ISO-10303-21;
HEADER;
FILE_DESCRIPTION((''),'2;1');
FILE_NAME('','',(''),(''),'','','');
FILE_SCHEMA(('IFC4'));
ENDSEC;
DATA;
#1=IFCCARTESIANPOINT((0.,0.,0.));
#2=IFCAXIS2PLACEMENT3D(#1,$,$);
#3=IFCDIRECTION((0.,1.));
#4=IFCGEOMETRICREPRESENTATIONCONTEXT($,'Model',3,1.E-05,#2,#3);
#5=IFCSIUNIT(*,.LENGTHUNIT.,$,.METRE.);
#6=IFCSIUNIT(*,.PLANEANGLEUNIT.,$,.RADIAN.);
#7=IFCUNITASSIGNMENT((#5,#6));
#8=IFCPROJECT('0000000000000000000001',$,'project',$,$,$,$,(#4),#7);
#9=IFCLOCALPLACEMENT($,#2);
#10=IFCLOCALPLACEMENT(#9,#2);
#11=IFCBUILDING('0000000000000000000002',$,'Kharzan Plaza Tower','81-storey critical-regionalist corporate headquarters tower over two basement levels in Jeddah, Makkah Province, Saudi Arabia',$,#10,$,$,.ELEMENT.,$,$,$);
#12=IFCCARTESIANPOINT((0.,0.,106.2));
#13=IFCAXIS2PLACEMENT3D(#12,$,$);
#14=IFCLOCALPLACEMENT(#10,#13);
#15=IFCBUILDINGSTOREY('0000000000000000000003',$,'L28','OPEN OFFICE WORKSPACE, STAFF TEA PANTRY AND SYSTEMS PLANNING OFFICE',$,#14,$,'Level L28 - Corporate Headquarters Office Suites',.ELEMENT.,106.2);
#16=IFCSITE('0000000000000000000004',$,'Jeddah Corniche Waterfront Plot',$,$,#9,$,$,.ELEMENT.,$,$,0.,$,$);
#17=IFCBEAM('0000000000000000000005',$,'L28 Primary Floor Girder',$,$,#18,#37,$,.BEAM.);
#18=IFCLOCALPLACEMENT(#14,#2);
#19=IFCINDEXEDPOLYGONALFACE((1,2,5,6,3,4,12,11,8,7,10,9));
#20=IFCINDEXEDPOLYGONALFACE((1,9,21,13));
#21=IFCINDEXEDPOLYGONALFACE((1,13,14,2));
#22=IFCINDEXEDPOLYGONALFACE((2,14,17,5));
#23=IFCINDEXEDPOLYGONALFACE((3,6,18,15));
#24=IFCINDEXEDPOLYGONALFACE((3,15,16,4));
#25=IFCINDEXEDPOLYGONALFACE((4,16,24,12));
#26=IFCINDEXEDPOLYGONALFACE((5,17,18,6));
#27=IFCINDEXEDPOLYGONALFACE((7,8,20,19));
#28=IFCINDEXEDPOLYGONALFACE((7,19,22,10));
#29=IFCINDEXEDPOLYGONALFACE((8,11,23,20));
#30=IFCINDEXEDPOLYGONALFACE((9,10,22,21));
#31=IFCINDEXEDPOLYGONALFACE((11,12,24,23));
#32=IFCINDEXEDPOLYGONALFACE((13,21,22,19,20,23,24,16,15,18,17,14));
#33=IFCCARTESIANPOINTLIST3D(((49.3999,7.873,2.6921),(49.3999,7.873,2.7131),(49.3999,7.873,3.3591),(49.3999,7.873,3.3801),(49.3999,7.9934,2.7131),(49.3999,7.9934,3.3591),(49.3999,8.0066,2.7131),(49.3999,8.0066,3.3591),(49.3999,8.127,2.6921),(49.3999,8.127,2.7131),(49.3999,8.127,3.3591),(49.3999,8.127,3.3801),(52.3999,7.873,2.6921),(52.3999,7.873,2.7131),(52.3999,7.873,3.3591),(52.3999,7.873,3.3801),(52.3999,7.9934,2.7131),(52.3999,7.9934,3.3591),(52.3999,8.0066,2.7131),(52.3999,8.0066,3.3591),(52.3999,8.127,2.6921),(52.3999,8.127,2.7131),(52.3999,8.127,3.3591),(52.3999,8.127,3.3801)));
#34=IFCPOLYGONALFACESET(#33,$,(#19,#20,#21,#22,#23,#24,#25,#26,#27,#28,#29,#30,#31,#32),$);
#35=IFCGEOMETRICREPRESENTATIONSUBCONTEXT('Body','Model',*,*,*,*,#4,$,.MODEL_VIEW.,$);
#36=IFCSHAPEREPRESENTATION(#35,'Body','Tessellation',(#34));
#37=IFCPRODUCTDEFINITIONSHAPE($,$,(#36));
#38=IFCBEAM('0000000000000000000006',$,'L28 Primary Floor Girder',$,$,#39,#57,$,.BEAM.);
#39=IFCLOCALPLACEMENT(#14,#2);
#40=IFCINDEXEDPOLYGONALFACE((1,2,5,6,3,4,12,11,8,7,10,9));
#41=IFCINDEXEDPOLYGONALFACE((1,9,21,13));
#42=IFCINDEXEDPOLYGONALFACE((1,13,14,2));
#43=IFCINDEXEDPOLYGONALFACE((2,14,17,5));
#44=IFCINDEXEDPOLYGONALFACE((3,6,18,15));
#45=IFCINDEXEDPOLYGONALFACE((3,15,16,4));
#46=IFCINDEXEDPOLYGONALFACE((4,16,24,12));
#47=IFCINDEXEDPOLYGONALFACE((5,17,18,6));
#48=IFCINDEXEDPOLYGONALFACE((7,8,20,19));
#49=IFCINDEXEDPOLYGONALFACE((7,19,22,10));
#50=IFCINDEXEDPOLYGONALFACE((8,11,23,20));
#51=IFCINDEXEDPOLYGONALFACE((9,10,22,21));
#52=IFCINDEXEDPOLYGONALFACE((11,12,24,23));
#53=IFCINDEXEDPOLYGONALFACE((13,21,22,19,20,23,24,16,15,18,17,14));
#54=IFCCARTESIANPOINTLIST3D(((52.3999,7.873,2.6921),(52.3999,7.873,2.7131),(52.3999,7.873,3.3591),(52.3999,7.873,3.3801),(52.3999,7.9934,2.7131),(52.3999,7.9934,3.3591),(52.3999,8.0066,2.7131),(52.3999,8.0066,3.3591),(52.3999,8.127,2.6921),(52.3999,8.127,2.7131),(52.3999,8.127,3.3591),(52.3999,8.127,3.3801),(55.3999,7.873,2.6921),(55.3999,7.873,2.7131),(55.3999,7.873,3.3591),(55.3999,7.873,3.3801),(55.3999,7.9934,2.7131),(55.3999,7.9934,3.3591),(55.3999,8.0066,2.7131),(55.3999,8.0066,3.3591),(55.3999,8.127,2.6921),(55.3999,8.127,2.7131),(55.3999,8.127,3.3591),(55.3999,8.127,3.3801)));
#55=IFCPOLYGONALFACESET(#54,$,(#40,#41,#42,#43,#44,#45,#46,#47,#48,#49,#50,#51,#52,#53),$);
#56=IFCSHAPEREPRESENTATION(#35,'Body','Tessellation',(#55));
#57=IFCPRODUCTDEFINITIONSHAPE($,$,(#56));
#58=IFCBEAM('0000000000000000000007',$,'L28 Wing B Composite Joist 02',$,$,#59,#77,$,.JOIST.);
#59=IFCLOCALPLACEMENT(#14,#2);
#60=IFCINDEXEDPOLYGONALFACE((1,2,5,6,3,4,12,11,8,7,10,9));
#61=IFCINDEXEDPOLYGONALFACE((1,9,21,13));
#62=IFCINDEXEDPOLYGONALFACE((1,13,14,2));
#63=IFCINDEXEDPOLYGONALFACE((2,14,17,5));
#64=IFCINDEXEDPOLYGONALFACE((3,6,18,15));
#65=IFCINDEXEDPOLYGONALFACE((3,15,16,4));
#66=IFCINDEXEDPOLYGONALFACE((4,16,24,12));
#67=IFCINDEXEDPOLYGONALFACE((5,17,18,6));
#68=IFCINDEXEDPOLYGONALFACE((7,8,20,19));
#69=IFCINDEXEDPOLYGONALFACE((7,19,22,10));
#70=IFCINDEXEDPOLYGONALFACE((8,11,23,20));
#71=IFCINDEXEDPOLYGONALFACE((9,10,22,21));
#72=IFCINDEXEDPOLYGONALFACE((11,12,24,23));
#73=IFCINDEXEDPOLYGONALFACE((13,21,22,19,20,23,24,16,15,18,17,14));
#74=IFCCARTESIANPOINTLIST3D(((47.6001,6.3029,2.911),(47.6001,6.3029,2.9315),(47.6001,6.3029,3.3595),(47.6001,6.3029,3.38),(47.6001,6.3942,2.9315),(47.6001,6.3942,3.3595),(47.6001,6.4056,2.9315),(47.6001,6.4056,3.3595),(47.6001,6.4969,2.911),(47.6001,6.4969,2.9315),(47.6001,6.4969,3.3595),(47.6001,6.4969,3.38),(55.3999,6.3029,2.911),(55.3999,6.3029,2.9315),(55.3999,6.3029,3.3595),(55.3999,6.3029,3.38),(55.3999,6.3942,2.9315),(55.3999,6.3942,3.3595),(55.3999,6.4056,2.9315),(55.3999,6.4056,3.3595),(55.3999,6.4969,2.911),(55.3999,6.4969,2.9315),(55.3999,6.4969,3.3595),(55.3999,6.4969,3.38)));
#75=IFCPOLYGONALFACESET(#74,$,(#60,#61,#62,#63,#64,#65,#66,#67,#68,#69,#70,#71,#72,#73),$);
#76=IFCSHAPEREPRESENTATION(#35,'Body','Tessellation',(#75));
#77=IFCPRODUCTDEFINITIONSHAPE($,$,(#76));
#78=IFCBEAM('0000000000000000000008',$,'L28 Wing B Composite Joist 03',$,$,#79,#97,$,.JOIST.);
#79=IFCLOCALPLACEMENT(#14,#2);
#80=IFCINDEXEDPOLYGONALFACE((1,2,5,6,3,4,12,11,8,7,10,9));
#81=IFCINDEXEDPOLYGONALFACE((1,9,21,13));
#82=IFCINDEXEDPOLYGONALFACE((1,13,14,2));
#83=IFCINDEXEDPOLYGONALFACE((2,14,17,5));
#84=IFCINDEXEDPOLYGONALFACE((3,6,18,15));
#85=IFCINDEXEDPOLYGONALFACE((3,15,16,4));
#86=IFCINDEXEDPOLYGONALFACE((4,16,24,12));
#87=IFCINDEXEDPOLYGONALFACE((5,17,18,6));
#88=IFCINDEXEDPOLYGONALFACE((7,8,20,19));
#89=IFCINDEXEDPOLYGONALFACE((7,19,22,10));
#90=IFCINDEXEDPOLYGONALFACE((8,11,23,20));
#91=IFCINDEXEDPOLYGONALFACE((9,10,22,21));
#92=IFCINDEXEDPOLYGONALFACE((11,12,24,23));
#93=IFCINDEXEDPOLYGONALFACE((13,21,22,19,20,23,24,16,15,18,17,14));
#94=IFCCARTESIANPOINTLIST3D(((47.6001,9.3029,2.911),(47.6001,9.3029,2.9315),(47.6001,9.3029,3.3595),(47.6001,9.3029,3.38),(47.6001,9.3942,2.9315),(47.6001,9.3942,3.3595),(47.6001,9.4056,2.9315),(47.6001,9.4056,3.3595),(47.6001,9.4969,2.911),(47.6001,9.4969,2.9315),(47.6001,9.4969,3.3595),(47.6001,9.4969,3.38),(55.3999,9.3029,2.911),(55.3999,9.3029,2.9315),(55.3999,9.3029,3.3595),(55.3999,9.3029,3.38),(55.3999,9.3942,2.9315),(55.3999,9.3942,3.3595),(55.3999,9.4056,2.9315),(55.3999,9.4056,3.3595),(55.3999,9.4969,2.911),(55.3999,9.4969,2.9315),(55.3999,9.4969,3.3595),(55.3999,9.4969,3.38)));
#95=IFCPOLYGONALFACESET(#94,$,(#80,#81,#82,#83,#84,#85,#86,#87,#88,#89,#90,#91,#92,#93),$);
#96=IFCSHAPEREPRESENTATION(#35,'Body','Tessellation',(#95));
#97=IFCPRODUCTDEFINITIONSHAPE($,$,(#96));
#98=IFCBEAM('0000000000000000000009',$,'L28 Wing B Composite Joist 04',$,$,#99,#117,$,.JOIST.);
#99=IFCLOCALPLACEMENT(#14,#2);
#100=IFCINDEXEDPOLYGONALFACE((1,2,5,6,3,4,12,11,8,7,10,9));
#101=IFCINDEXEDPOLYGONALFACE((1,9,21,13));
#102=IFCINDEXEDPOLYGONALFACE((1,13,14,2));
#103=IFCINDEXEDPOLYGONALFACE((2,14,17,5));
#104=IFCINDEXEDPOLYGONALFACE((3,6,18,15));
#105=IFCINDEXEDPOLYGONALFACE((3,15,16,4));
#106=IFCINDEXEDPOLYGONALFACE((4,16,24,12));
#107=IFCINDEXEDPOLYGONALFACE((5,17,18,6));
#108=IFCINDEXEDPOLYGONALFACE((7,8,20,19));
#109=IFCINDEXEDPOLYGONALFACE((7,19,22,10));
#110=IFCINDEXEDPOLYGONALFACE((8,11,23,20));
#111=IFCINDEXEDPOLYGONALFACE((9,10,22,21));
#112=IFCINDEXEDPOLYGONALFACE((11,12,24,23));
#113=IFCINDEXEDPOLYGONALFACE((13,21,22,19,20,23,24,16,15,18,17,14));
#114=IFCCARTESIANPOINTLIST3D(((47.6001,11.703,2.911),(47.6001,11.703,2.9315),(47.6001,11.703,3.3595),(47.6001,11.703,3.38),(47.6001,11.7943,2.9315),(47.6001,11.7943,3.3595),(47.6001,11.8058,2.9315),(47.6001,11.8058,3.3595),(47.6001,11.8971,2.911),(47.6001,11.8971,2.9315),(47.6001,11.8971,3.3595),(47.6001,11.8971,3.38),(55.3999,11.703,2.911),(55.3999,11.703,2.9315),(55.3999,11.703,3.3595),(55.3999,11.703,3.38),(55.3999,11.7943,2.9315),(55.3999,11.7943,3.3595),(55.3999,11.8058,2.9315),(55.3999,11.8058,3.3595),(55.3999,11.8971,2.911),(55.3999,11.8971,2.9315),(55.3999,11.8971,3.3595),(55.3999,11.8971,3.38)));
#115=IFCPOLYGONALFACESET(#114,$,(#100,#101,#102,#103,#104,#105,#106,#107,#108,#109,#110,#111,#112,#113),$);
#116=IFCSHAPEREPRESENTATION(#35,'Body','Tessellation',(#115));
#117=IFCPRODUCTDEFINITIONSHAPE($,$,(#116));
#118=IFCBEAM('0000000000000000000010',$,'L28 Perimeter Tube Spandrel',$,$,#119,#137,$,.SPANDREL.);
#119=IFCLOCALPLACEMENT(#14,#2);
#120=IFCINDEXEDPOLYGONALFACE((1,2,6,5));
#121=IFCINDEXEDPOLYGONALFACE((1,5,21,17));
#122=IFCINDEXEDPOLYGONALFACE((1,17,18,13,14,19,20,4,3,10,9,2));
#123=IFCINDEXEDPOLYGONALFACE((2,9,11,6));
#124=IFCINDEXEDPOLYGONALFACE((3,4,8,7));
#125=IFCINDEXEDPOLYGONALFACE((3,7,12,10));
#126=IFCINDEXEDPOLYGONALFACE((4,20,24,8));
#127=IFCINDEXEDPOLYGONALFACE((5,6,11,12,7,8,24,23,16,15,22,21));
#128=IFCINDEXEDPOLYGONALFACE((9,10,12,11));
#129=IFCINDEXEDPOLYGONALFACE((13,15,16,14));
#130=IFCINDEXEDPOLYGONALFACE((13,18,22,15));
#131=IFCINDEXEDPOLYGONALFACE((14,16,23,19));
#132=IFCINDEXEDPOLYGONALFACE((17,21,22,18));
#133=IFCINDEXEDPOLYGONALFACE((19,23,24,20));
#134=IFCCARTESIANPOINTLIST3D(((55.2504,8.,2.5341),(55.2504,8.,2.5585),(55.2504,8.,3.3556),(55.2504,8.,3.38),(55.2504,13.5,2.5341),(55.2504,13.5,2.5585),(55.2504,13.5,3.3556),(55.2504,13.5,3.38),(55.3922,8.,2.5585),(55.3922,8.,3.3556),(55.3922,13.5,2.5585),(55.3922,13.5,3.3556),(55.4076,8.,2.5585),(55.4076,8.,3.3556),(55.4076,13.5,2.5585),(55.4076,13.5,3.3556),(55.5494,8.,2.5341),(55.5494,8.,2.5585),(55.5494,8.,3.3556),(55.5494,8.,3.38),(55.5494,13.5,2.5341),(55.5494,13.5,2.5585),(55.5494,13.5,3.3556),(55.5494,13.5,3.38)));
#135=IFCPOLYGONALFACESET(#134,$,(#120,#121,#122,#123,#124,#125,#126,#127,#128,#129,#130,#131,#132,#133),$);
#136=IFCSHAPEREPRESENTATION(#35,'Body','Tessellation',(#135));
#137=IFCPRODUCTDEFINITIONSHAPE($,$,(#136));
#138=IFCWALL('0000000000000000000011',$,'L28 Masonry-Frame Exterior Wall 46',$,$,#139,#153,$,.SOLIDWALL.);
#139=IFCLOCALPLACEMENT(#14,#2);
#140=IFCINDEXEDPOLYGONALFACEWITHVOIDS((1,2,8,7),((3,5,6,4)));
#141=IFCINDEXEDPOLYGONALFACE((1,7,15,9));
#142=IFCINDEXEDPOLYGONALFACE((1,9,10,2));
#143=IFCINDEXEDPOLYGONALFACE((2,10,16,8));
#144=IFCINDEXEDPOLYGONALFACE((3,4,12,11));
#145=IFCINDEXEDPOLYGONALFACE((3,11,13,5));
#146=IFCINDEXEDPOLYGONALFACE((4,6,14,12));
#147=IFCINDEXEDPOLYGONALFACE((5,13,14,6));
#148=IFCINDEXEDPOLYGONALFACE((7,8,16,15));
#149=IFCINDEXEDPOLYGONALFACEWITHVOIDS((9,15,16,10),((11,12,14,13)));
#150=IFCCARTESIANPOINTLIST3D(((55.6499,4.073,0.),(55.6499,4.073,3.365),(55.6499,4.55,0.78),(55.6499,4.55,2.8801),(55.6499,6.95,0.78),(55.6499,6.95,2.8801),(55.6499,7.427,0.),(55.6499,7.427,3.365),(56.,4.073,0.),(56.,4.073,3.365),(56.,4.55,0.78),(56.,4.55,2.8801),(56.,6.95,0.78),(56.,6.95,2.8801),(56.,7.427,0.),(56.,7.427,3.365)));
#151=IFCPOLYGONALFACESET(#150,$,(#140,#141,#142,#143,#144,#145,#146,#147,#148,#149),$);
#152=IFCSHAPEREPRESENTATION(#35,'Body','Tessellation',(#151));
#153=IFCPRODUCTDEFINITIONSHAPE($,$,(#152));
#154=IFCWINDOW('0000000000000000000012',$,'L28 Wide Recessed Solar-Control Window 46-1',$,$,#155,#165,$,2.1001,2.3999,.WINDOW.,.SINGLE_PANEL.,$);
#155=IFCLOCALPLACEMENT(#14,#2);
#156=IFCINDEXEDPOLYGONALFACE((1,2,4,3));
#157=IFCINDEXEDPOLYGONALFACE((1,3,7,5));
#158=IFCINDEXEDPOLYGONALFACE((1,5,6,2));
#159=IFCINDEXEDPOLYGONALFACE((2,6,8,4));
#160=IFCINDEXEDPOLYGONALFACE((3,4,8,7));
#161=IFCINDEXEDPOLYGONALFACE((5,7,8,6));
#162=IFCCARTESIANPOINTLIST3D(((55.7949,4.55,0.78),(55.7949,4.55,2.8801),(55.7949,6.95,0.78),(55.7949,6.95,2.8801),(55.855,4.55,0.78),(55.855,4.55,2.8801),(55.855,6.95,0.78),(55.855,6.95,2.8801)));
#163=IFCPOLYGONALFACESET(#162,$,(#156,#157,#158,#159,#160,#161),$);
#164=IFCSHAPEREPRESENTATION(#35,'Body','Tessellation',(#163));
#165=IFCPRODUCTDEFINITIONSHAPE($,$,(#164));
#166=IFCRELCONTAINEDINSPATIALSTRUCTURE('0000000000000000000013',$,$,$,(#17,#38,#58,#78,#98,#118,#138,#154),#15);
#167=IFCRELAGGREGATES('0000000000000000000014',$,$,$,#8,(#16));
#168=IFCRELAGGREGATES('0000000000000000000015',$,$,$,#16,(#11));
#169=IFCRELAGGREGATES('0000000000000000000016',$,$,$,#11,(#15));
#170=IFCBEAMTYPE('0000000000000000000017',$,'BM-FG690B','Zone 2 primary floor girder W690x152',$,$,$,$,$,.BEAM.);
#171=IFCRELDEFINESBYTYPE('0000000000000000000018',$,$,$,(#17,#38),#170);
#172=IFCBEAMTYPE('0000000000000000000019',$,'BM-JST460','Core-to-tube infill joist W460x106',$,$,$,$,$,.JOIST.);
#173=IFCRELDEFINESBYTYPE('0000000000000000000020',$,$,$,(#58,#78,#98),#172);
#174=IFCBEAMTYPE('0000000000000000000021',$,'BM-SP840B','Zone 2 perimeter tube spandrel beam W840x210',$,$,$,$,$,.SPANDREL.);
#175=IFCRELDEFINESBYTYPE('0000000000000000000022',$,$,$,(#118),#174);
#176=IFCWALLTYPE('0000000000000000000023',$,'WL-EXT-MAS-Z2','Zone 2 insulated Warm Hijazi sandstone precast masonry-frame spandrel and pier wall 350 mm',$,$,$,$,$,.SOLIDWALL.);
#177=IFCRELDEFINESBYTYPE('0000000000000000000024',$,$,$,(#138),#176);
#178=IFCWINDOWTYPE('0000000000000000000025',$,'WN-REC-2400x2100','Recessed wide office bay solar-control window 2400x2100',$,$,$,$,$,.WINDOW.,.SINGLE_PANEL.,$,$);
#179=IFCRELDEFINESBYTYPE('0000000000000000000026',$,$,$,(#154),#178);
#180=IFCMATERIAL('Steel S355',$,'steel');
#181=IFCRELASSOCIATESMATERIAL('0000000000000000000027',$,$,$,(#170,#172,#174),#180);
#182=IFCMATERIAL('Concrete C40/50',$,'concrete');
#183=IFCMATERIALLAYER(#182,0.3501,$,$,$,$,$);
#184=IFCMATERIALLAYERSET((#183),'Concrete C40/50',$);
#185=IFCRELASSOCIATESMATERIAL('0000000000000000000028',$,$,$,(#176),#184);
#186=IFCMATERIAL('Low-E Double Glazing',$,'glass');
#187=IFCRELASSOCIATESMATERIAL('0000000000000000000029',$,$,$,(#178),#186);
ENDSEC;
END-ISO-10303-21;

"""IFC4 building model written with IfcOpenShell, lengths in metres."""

from ifc_helpers import new_model, si_unit, direction, frame, frame_2d, origin, origin_2d, place, context, subcontext, project, spatial, rectangle, i_section, extrude, source, transform, mapped, material, layer, layer_set, material_profile, profile_set, type_object, element, fill, save


model = new_model("IFC4")

# Units and contexts
model_context = context("Model", 3, precision=1e-05, world=origin(), true_north=direction((0.0, 1.0)))
body_context = subcontext(model_context, "Body", "Model", "MODEL_VIEW")
ifc_project = project(units=[si_unit("LENGTHUNIT", "METRE"), si_unit("PLANEANGLEUNIT", "RADIAN")], contexts=[model_context])

# Site, building, storey
site_placement = place(None, origin())
site = spatial("IfcSite", under=ifc_project, at=site_placement, Name="Jeddah Corniche Waterfront Plot", CompositionType="ELEMENT", RefElevation=0.0)
building_placement = place(site_placement, origin())
building = spatial("IfcBuilding", under=site, at=building_placement, Name="Kharzan Plaza Tower", Description="81-storey critical-regionalist corporate headquarters tower over two basement levels in Jeddah, Makkah Province, Saudi Arabia", CompositionType="ELEMENT")
storey_placement = place(building_placement, frame((0.0, 0.0, 106.2)))
storey = spatial("IfcBuildingStorey", under=building, at=storey_placement, Name="L28", Description="OPEN OFFICE WORKSPACE, STAFF TEA PANTRY AND SYSTEMS PLANNING OFFICE", LongName="Level L28 - Corporate Headquarters Office Suites", CompositionType="ELEMENT", Elevation=106.2)

# Beams
ifc_material_1 = material(Name="Steel S355", Category="steel")
ifc_material_profile_1 = material_profile(ifc_material_1, i_section(OverallWidth=0.2539, OverallDepth=0.688, WebThickness=0.0132, FlangeThickness=0.021, at=origin_2d()), Name="W690x152")
ifc_profile_set_1 = profile_set([ifc_material_profile_1], Name="Steel S355")
beam_type_1 = type_object("IfcBeamType", Name="BM-FG690B", Description="Zone 2 primary floor girder W690x152", PredefinedType="BEAM", material=ifc_profile_set_1)
shared_shape_1 = source(origin(), body_context, "Body", "SweptSolid", [
    extrude(i_section(OverallWidth=0.2539, OverallDepth=0.688, WebThickness=0.0132, FlangeThickness=0.021, at=origin_2d()), origin(), (0.0, 0.0, 1.0), 3.0),
])
for number, where, z_axis, x_axis, name in (
    (1, (49.3999, 8.0, 3.0361), (1.0, 0.0, 0.0), (0.0, 1.0, 0.0), "L28 Primary Floor Girder"),
    (2, (52.3999, 8.0, 3.0361), (1.0, 0.0, 0.0), (0.0, 1.0, 0.0), "L28 Primary Floor Girder"),
):
    element("IfcBeam", number, at=place(storey_placement, frame(where, z_axis=z_axis, x_axis=x_axis)), inside=storey, type_object=beam_type_1, Name=name, PredefinedType="BEAM", context=body_context, shape_type="MappedRepresentation", body=[
        mapped(shared_shape_1, transform((0.0, 0.0, 0.0), x_axis=(1.0, 0.0, 0.0), y_axis=(0.0, 1.0, 0.0), z_axis=(0.0, 0.0, 1.0))),
    ])
ifc_material_profile_2 = material_profile(ifc_material_1, i_section(OverallWidth=0.1941, OverallDepth=0.469, WebThickness=0.0115, FlangeThickness=0.0205, at=origin_2d()), Name="W460x106")
ifc_profile_set_2 = profile_set([ifc_material_profile_2], Name="Steel S355")
beam_type_2 = type_object("IfcBeamType", Name="BM-JST460", Description="Core-to-tube infill joist W460x106", PredefinedType="JOIST", material=ifc_profile_set_2)
shared_shape_2 = source(origin(), body_context, "Body", "SweptSolid", [
    extrude(i_section(OverallWidth=0.1941, OverallDepth=0.469, WebThickness=0.0115, FlangeThickness=0.0205, at=origin_2d()), origin(), (0.0, 0.0, 1.0), 7.7998),
])
for number, where, z_axis, x_axis, name in (
    (3, (47.6001, 6.3999, 3.1455), (1.0, 0.0, 0.0), (0.0, 1.0, 0.0), "L28 Wing B Composite Joist 02"),
    (4, (47.6001, 9.3999, 3.1455), (1.0, 0.0, 0.0), (0.0, 1.0, 0.0), "L28 Wing B Composite Joist 03"),
    (5, (47.6001, 11.8, 3.1455), (1.0, 0.0, 0.0), (0.0, 1.0, 0.0), "L28 Wing B Composite Joist 04"),
):
    element("IfcBeam", number, at=place(storey_placement, frame(where, z_axis=z_axis, x_axis=x_axis)), inside=storey, type_object=beam_type_2, Name=name, PredefinedType="JOIST", context=body_context, shape_type="MappedRepresentation", body=[
        mapped(shared_shape_2, transform((0.0, 0.0, 0.0), x_axis=(1.0, 0.0, 0.0), y_axis=(0.0, 1.0, 0.0), z_axis=(0.0, 0.0, 1.0))),
    ])
ifc_material_profile_3 = material_profile(ifc_material_1, i_section(OverallWidth=0.2991, OverallDepth=0.8459, WebThickness=0.0154, FlangeThickness=0.0244, at=origin_2d()), Name="W840x210")
ifc_profile_set_3 = profile_set([ifc_material_profile_3], Name="Steel S355")
beam_type_3 = type_object("IfcBeamType", Name="BM-SP840B", Description="Zone 2 perimeter tube spandrel beam W840x210", PredefinedType="SPANDREL", material=ifc_profile_set_3)
shared_shape_3 = source(origin(), body_context, "Body", "SweptSolid", [
    extrude(i_section(OverallWidth=0.2991, OverallDepth=0.8459, WebThickness=0.0154, FlangeThickness=0.0244, at=origin_2d()), origin(), (0.0, 0.0, 1.0), 5.5),
])
beam_1_placement = place(storey_placement, frame((55.3999, 8.0, 2.957), z_axis=(0.0, 1.0, 0.0), x_axis=(-1.0, 0.0, 0.0)))
element("IfcBeam", 6, at=beam_1_placement, inside=storey, type_object=beam_type_3, Name="L28 Perimeter Tube Spandrel", PredefinedType="SPANDREL", context=body_context, shape_type="MappedRepresentation", body=[
    mapped(shared_shape_3, transform((0.0, 0.0, 0.0), x_axis=(1.0, 0.0, 0.0), y_axis=(0.0, 1.0, 0.0), z_axis=(0.0, 0.0, 1.0))),
])

# Wall, opening, window
ifc_material_2 = material(Name="Concrete C40/50", Category="concrete")
ifc_layer_1 = layer(ifc_material_2, 0.3501)
ifc_layer_set_1 = layer_set([ifc_layer_1], Name="Concrete C40/50")
wall_type_1 = type_object("IfcWallType", Name="WL-EXT-MAS-Z2", Description="Zone 2 insulated Warm Hijazi sandstone precast masonry-frame spandrel and pier wall 350 mm", PredefinedType="SOLIDWALL", material=ifc_layer_set_1)
wall_1_placement = place(storey_placement, frame((55.825, 4.073, 0.0), z_axis=(0.0, 0.0, 1.0), x_axis=(0.0, 1.0, 0.0)))
wall_1 = element("IfcWall", 7, at=wall_1_placement, inside=storey, type_object=wall_type_1, Name="L28 Masonry-Frame Exterior Wall 46", PredefinedType="SOLIDWALL", context=body_context, shape_type="SweptSolid", body=[
    extrude(rectangle(XDim=3.354, YDim=0.3501, at=frame_2d((1.677, 0.0))), origin(), (0.0, 0.0, 1.0), 3.365),
])
opening_1_placement = place(wall_1_placement, frame((0.4771, 0.0, 0.78)))
opening_1 = element("IfcOpeningElement", 8, at=opening_1_placement, cuts=wall_1, PredefinedType="OPENING", context=body_context, shape_type="SweptSolid", body=[
    extrude(rectangle(XDim=2.3999, YDim=2.1001, at=frame_2d((1.2, 1.05))), frame((0.0, 0.1851, 0.0), z_axis=(0.0, -1.0, 0.0), x_axis=(1.0, 0.0, 0.0)), (0.0, 0.0, 1.0), 0.3701),
])
ifc_material_3 = material(Name="Low-E Double Glazing", Category="glass")
window_type_1 = type_object("IfcWindowType", Name="WN-REC-2400x2100", Description="Recessed wide office bay solar-control window 2400x2100", PartitioningType="SINGLE_PANEL", PredefinedType="WINDOW", material=ifc_material_3)
shared_shape_4 = source(origin(), body_context, "Body", "SweptSolid", [
    extrude(rectangle(XDim=2.3999, YDim=2.1001, at=frame_2d((1.2, 1.05))), frame((0.0, 0.03, 0.0), z_axis=(0.0, -1.0, 0.0), x_axis=(1.0, 0.0, 0.0)), (0.0, 0.0, 1.0), 0.0601),
])
window_1_placement = place(opening_1_placement, origin())
window_1 = element("IfcWindow", 9, at=window_1_placement, inside=storey, type_object=window_type_1, Name="L28 Wide Recessed Solar-Control Window 46-1", OverallHeight=2.1001, OverallWidth=2.3999, PartitioningType="SINGLE_PANEL", PredefinedType="WINDOW", context=body_context, shape_type="MappedRepresentation", body=[
    mapped(shared_shape_4, transform((0.0, 0.0, 0.0), x_axis=(1.0, 0.0, 0.0), y_axis=(0.0, 1.0, 0.0), z_axis=(0.0, 0.0, 1.0))),
])
fill(opening_1, window_1)

save(model, "model.ifc")
